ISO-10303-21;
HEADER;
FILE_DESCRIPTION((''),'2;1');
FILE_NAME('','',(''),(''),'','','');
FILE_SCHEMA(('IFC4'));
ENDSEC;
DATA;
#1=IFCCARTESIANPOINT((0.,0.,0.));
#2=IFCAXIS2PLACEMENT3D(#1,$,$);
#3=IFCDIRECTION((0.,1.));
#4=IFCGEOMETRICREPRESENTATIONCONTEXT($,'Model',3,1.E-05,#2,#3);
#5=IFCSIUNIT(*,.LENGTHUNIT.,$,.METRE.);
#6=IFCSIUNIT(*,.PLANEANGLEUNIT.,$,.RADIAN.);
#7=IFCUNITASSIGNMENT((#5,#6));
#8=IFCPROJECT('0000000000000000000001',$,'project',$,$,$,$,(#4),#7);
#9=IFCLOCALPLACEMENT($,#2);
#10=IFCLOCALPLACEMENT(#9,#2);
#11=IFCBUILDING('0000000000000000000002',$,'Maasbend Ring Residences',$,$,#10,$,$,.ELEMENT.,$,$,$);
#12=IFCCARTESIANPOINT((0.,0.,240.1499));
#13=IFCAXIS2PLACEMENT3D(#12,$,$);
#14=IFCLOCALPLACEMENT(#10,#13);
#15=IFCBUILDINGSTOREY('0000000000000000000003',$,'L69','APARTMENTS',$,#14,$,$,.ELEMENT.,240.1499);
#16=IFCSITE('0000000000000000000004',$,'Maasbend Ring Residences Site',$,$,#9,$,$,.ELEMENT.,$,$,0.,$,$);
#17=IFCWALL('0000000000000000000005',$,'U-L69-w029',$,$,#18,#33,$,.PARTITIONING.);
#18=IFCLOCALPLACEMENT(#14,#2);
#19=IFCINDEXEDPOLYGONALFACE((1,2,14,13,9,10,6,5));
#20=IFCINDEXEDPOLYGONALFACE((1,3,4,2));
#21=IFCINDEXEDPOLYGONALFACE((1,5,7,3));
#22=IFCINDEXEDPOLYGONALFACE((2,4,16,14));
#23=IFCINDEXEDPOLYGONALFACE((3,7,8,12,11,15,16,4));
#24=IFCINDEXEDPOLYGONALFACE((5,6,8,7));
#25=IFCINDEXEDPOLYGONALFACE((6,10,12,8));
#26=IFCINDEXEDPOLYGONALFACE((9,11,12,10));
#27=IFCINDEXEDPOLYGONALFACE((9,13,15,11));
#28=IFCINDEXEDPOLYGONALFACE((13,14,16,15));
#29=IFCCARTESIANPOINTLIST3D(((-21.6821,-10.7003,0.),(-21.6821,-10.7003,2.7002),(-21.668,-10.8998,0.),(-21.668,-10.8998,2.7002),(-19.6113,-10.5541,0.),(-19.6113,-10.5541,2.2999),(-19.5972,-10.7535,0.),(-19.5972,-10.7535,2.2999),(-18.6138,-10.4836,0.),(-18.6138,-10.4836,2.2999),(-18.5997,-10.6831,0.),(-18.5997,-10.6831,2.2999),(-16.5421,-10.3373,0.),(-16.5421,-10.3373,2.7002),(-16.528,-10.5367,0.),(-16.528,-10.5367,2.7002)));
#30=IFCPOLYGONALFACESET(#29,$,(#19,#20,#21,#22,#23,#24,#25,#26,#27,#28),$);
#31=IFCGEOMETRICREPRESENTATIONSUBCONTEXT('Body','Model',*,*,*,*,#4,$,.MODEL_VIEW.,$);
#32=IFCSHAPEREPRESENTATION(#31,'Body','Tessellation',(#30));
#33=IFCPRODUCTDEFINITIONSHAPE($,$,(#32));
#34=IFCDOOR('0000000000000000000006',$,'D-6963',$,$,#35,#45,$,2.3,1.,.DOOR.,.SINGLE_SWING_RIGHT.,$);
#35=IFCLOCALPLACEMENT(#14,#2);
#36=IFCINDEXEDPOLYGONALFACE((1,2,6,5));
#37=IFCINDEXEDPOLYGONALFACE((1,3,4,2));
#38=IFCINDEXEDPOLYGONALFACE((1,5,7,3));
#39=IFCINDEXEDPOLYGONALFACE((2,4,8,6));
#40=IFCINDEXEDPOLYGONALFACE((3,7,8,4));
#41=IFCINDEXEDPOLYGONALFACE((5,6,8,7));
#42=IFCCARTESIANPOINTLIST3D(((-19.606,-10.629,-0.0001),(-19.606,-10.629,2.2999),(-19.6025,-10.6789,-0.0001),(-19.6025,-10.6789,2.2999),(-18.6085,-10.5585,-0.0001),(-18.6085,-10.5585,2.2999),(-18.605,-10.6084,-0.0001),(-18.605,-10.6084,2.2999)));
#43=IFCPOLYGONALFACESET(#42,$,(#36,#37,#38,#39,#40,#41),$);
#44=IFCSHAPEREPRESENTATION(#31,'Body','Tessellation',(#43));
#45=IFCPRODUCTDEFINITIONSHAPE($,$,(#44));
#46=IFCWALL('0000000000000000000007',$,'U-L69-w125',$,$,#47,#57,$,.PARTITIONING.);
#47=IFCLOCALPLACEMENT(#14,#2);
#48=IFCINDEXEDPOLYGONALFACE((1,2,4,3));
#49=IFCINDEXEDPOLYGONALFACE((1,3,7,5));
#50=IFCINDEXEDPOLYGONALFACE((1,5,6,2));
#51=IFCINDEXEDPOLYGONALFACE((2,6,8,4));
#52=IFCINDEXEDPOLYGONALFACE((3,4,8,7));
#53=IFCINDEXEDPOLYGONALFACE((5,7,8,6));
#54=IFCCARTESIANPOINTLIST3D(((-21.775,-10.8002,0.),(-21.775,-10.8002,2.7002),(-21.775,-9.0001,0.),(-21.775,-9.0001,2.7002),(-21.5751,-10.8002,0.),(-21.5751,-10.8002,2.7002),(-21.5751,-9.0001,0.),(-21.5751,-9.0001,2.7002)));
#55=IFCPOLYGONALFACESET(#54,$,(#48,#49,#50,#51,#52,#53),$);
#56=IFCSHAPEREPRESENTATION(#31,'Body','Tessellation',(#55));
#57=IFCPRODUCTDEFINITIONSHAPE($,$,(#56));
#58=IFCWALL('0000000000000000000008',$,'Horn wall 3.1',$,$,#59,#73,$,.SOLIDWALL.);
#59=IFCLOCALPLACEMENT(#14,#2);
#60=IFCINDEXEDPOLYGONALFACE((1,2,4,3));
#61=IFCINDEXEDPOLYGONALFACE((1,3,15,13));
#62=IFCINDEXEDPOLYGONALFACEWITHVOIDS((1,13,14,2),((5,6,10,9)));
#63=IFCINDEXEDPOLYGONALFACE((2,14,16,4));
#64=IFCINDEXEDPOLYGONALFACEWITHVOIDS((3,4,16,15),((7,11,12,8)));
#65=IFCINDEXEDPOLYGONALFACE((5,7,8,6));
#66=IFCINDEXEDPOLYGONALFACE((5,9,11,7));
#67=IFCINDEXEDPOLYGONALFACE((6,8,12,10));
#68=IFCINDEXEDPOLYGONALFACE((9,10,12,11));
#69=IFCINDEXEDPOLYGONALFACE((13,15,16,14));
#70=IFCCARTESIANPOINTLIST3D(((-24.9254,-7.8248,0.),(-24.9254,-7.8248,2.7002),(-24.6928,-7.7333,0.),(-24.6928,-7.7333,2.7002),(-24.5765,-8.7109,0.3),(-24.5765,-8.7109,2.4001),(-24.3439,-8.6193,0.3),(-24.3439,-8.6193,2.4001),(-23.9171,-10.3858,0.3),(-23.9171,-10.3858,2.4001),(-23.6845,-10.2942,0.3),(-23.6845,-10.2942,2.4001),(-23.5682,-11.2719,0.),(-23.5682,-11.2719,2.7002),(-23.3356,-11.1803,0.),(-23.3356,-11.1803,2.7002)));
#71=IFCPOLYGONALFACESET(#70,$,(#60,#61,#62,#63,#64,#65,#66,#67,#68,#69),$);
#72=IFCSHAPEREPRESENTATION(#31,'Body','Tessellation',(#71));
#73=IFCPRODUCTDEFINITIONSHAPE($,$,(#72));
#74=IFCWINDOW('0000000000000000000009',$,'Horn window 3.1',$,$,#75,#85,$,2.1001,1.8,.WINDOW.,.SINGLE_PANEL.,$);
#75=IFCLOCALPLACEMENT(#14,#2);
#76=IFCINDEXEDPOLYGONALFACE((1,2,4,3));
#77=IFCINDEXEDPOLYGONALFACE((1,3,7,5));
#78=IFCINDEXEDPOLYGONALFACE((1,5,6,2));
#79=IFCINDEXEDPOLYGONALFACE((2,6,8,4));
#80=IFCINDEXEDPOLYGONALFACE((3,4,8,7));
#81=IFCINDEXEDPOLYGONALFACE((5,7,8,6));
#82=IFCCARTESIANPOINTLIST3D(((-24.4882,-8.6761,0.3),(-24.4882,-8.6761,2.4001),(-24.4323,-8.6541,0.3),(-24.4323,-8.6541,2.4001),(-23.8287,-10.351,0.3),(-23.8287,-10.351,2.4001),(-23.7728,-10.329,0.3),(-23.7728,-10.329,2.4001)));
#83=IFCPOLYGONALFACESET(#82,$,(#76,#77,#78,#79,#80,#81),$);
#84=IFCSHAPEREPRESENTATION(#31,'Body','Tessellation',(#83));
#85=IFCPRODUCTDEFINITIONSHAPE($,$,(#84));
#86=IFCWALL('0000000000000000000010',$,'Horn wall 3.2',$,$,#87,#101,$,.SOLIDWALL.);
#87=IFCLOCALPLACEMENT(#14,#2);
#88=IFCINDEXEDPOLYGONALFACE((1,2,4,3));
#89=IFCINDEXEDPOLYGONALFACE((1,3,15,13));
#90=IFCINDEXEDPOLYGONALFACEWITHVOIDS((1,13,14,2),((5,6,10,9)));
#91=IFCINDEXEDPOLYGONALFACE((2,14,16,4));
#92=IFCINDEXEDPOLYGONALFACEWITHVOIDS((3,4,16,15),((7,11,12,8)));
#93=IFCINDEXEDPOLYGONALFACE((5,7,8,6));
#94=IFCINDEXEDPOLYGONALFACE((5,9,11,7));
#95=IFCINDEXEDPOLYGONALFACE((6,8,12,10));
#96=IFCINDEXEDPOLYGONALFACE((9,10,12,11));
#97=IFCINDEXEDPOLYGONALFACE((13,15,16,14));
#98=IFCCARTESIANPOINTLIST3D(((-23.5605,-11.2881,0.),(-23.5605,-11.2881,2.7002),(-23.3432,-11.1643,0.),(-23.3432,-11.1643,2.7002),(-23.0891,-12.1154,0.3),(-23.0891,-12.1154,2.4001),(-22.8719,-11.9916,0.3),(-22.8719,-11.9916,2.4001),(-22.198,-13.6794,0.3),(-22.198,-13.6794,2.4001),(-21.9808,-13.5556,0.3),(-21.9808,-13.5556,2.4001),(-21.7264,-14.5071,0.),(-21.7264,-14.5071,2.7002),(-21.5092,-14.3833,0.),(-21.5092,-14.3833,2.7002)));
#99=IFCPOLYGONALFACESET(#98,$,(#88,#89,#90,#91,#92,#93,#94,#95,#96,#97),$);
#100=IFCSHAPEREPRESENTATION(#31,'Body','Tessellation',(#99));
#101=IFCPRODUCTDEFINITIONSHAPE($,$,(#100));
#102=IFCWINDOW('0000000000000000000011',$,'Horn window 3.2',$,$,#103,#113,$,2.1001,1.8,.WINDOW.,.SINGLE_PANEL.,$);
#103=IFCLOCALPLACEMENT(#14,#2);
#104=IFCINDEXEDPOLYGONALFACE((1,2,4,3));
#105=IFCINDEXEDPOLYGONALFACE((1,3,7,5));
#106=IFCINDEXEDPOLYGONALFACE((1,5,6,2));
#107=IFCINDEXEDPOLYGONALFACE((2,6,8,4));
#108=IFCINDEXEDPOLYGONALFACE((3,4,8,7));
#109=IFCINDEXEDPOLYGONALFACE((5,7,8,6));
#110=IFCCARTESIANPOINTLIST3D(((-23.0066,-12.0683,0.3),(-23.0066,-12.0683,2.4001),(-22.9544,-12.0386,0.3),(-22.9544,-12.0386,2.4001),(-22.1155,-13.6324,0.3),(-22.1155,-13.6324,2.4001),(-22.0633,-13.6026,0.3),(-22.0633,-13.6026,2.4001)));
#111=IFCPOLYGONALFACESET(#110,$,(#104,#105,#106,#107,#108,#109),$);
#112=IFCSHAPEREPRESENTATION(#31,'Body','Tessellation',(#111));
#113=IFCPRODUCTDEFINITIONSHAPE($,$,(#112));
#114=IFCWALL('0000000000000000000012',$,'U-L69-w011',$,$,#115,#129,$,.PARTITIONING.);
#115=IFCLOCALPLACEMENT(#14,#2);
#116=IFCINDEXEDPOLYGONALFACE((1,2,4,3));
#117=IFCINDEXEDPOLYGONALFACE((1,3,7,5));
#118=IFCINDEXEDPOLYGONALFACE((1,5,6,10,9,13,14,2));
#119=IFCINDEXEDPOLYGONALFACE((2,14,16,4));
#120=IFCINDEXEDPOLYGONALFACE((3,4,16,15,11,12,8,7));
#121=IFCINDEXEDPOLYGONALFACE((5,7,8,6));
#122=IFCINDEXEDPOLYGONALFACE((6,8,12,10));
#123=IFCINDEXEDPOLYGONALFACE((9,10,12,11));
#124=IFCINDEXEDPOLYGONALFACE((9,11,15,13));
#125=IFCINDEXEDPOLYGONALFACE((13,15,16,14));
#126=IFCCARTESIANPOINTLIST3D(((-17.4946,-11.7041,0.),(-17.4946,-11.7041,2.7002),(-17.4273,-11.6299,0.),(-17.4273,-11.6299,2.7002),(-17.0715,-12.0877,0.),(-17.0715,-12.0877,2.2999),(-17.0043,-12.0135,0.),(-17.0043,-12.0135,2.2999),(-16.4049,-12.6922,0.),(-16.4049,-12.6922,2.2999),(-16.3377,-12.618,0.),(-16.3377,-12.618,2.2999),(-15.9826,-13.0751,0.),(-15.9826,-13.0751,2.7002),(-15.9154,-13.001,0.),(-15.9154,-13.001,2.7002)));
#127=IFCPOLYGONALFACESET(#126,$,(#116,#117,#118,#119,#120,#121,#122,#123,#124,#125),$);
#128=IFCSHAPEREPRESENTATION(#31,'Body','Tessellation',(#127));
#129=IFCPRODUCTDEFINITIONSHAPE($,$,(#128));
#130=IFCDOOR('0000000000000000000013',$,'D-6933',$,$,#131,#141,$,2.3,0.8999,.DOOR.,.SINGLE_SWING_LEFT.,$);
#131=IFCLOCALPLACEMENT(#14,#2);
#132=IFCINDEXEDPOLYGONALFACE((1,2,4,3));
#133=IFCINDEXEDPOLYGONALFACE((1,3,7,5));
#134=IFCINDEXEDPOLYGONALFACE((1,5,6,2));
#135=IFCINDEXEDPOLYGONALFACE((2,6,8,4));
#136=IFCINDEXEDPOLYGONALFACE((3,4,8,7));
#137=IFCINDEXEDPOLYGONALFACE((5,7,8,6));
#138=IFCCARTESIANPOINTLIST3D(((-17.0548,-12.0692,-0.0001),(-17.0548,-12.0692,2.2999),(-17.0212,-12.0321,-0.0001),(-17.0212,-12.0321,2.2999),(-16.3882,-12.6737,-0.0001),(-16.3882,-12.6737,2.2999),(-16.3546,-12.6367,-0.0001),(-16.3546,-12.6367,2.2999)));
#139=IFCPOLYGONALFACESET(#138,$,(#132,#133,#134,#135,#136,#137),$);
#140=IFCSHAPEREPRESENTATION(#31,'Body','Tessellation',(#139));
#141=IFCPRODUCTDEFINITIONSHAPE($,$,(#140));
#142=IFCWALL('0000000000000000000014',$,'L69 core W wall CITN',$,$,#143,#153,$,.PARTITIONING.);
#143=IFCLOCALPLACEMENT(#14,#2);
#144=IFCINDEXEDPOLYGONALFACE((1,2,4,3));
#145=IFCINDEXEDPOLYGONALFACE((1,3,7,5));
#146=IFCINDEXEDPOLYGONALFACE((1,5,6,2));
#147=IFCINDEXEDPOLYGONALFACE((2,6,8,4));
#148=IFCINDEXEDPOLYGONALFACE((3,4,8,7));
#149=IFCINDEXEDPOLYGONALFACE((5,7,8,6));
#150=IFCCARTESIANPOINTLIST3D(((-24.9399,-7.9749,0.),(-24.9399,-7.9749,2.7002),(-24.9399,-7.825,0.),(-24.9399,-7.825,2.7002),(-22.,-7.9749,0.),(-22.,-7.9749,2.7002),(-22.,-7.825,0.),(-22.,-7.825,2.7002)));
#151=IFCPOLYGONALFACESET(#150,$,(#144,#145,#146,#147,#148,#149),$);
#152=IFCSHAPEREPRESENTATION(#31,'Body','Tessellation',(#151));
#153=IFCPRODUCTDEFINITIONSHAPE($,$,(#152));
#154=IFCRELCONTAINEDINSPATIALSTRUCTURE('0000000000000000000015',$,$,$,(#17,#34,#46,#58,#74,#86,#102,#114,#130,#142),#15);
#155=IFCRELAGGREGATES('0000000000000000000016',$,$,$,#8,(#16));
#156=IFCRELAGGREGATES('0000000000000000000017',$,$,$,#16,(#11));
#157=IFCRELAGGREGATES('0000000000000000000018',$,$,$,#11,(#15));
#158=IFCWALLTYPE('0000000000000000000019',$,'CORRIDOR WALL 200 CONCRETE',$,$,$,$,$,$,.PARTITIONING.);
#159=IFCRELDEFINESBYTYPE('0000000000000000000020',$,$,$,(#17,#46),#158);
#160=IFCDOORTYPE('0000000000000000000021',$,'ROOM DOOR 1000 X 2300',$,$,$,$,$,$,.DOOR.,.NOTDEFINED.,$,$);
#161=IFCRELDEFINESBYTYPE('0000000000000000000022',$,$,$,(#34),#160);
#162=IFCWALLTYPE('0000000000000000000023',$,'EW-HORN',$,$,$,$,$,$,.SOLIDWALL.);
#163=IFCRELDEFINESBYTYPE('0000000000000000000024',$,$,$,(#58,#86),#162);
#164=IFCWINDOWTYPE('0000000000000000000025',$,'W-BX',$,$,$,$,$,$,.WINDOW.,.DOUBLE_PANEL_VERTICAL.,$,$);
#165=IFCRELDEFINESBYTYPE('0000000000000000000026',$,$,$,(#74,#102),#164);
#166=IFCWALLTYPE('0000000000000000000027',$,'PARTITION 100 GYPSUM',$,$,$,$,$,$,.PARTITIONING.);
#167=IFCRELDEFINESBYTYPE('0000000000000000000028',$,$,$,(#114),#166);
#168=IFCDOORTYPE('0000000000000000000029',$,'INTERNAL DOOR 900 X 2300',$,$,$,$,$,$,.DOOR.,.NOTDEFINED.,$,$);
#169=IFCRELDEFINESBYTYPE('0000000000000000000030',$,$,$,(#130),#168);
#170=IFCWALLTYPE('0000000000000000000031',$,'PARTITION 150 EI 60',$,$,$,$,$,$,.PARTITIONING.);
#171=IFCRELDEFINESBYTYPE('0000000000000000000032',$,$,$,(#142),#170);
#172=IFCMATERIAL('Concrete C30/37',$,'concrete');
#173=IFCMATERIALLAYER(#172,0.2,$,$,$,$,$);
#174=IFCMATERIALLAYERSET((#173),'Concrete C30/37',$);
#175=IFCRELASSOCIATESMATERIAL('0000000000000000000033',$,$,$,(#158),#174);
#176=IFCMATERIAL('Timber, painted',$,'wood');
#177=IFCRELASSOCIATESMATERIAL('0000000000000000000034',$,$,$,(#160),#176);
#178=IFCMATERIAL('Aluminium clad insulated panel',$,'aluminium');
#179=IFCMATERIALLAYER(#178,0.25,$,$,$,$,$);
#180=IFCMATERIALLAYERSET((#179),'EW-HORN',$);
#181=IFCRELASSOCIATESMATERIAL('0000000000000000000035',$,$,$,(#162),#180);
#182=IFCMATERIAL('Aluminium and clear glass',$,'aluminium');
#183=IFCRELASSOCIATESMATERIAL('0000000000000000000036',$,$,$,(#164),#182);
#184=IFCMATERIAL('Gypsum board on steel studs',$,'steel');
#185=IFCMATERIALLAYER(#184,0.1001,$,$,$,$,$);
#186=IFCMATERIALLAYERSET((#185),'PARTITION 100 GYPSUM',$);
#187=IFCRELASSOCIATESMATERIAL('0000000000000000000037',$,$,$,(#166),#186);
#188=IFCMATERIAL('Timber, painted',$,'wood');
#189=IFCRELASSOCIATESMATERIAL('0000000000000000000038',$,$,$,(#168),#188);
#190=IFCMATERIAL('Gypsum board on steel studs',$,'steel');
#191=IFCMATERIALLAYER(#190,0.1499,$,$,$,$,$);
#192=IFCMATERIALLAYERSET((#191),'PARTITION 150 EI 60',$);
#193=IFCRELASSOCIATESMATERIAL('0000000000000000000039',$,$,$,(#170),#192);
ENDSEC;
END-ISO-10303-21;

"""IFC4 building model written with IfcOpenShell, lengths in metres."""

from ifc_helpers import new_model, si_unit, direction, frame, frame_2d, origin, place, context, subcontext, project, spatial, rectangle, extrude, material, layer, layer_set, type_object, element, fill, save


model = new_model("IFC4")

# Units and contexts
model_context = context("Model", 3, precision=1e-05, world=origin(), true_north=direction((0.0, 1.0)))
body_context = subcontext(model_context, "Body", "Model", "MODEL_VIEW")
ifc_project = project(units=[si_unit("LENGTHUNIT", "METRE"), si_unit("PLANEANGLEUNIT", "RADIAN")], contexts=[model_context])

# Site, building, storey
site_placement = place(None, origin())
site = spatial("IfcSite", under=ifc_project, at=site_placement, Name="Maasbend Ring Residences Site", CompositionType="ELEMENT", RefElevation=0.0)
building_placement = place(site_placement, origin())
building = spatial("IfcBuilding", under=site, at=building_placement, Name="Maasbend Ring Residences", CompositionType="ELEMENT")
storey_placement = place(building_placement, frame((0.0, 0.0, 240.1499)))
storey = spatial("IfcBuildingStorey", under=building, at=storey_placement, Name="L69", Description="APARTMENTS", CompositionType="ELEMENT", Elevation=240.1499)

# Shared definitions
ifc_material_1 = material(Name="Concrete C30/37", Category="concrete")
ifc_layer_1 = layer(ifc_material_1, 0.2)
ifc_layer_set_1 = layer_set([ifc_layer_1], Name="Concrete C30/37")
wall_type_1 = type_object("IfcWallType", Name="CORRIDOR WALL 200 CONCRETE", PredefinedType="PARTITIONING", material=ifc_layer_set_1)

# Wall, opening, door
wall_1_placement = place(storey_placement, frame((-21.675, -10.8, 0.0), z_axis=(0.0, 0.0, 1.0), x_axis=(0.997515, 0.070452, 0.0)))
wall_1 = element("IfcWall", 1, at=wall_1_placement, inside=storey, type_object=wall_type_1, Name="U-L69-w029", PredefinedType="PARTITIONING", context=body_context, shape_type="SweptSolid", body=[
    extrude(rectangle(XDim=5.1528, YDim=0.2, at=frame_2d((2.5764, 0.0))), origin(), (0.0, 0.0, 1.0), 2.7002),
])
opening_1_placement = place(wall_1_placement, frame((2.0759, 0.0, 0.0)))
opening_1 = element("IfcOpeningElement", 2, at=opening_1_placement, cuts=wall_1, PredefinedType="OPENING", context=body_context, shape_type="SweptSolid", body=[
    extrude(rectangle(XDim=1.0, YDim=2.3, at=frame_2d((0.5, 1.1499))), frame((0.0, 0.1099, 0.0), z_axis=(0.0, -1.0, 0.0), x_axis=(1.0, 0.0, 0.0)), (0.0, 0.0, 1.0), 0.22),
])
ifc_material_2 = material(Name="Timber, painted", Category="wood")
door_type_1 = type_object("IfcDoorType", Name="ROOM DOOR 1000 X 2300", OperationType="NOTDEFINED", PredefinedType="DOOR", material=ifc_material_2)
door_1_placement = place(opening_1_placement, origin())
door_1 = element("IfcDoor", 3, at=door_1_placement, inside=storey, type_object=door_type_1, Name="D-6963", OperationType="SINGLE_SWING_RIGHT", OverallHeight=2.3, OverallWidth=1.0, PredefinedType="DOOR", context=body_context, shape_type="SweptSolid", body=[
    extrude(rectangle(XDim=1.0, YDim=2.3, at=frame_2d((0.5, 1.1499))), frame((0.0, 0.0249, 0.0), z_axis=(0.0, -1.0, 0.0), x_axis=(1.0, 0.0, 0.0)), (0.0, 0.0, 1.0), 0.05),
])
fill(opening_1, door_1)

# Wall
wall_2_placement = place(storey_placement, frame((-21.675, -10.8, 0.0), z_axis=(0.0, 0.0, 1.0), x_axis=(0.0, 1.0, 0.0)))
element("IfcWall", 4, at=wall_2_placement, inside=storey, type_object=wall_type_1, Name="U-L69-w125", PredefinedType="PARTITIONING", context=body_context, shape_type="SweptSolid", body=[
    extrude(rectangle(XDim=1.8, YDim=0.2, at=frame_2d((0.8999, 0.0))), origin(), (0.0, 0.0, 1.0), 2.7002),
])

# Walls, openings, windows
ifc_material_3 = material(Name="Aluminium clad insulated panel", Category="aluminium")
ifc_layer_2 = layer(ifc_material_3, 0.25)
ifc_layer_set_2 = layer_set([ifc_layer_2], Name="EW-HORN")
wall_type_2 = type_object("IfcWallType", Name="EW-HORN", PredefinedType="SOLIDWALL", material=ifc_layer_set_2)
wall_3_placement = place(storey_placement, frame((-24.8091, -7.7791, 0.0), z_axis=(0.0, 0.0, 1.0), x_axis=(0.366352, -0.930476, 0.0)))
wall_3 = element("IfcWall", 5, at=wall_3_placement, inside=storey, type_object=wall_type_2, Name="Horn wall 3.1", PredefinedType="SOLIDWALL", context=body_context, shape_type="SweptSolid", body=[
    extrude(rectangle(XDim=3.7046, YDim=0.25, at=frame_2d((1.8523, 0.0))), origin(), (0.0, 0.0, 1.0), 2.7002),
])
opening_2_placement = place(wall_3_placement, frame((0.9524, 0.0, 0.3)))
opening_2 = element("IfcOpeningElement", 6, at=opening_2_placement, cuts=wall_3, PredefinedType="OPENING", context=body_context, shape_type="SweptSolid", body=[
    extrude(rectangle(XDim=1.8, YDim=2.1001, at=frame_2d((0.8999, 1.05))), frame((0.0, 0.135, 0.0), z_axis=(0.0, -1.0, 0.0), x_axis=(1.0, 0.0, 0.0)), (0.0, 0.0, 1.0), 0.27),
])
ifc_material_4 = material(Name="Aluminium and clear glass", Category="aluminium")
window_type = type_object("IfcWindowType", Name="W-BX", PartitioningType="DOUBLE_PANEL_VERTICAL", PredefinedType="WINDOW", material=ifc_material_4)
window_1_placement = place(opening_2_placement, origin())
window_1 = element("IfcWindow", 7, at=window_1_placement, inside=storey, type_object=window_type, Name="Horn window 3.1", OverallHeight=2.1001, OverallWidth=1.8, PartitioningType="SINGLE_PANEL", PredefinedType="WINDOW", context=body_context, shape_type="SweptSolid", body=[
    extrude(rectangle(XDim=1.8, YDim=2.1001, at=frame_2d((0.8999, 1.05))), frame((0.0, 0.03, 0.0), z_axis=(0.0, -1.0, 0.0), x_axis=(1.0, 0.0, 0.0)), (0.0, 0.0, 1.0), 0.0601),
])
fill(opening_2, window_1)
wall_4_placement = place(storey_placement, frame((-23.4519, -11.2261, 0.0), z_axis=(0.0, 0.0, 1.0), x_axis=(0.495031, -0.868875, 0.0)))
wall_4 = element("IfcWall", 8, at=wall_4_placement, inside=storey, type_object=wall_type_2, Name="Horn wall 3.2", PredefinedType="SOLIDWALL", context=body_context, shape_type="SweptSolid", body=[
    extrude(rectangle(XDim=3.7048, YDim=0.25, at=frame_2d((1.8525, 0.0))), origin(), (0.0, 0.0, 1.0), 2.7002),
])
opening_3_placement = place(wall_4_placement, frame((0.9524, 0.0, 0.3)))
opening_3 = element("IfcOpeningElement", 9, at=opening_3_placement, cuts=wall_4, PredefinedType="OPENING", context=body_context, shape_type="SweptSolid", body=[
    extrude(rectangle(XDim=1.8, YDim=2.1001, at=frame_2d((0.8999, 1.05))), frame((0.0, 0.135, 0.0), z_axis=(0.0, -1.0, 0.0), x_axis=(1.0, 0.0, 0.0)), (0.0, 0.0, 1.0), 0.27),
])
window_2_placement = place(opening_3_placement, origin())
window_2 = element("IfcWindow", 10, at=window_2_placement, inside=storey, type_object=window_type, Name="Horn window 3.2", OverallHeight=2.1001, OverallWidth=1.8, PartitioningType="SINGLE_PANEL", PredefinedType="WINDOW", context=body_context, shape_type="SweptSolid", body=[
    extrude(rectangle(XDim=1.8, YDim=2.1001, at=frame_2d((0.8999, 1.05))), frame((0.0, 0.03, 0.0), z_axis=(0.0, -1.0, 0.0), x_axis=(1.0, 0.0, 0.0)), (0.0, 0.0, 1.0), 0.0601),
])
fill(opening_3, window_2)

# Wall, opening, door
ifc_material_5 = material(Name="Gypsum board on steel studs", Category="steel")
ifc_layer_3 = layer(ifc_material_5, 0.1001)
ifc_layer_set_3 = layer_set([ifc_layer_3], Name="PARTITION 100 GYPSUM")
wall_type_3 = type_object("IfcWallType", Name="PARTITION 100 GYPSUM", PredefinedType="PARTITIONING", material=ifc_layer_set_3)
wall_5_placement = place(storey_placement, frame((-17.4609, -11.667, 0.0), z_axis=(0.0, 0.0, 1.0), x_axis=(0.740773, -0.671755, 0.0)))
wall_5 = element("IfcWall", 11, at=wall_5_placement, inside=storey, type_object=wall_type_3, Name="U-L69-w011", PredefinedType="PARTITIONING", context=body_context, shape_type="SweptSolid", body=[
    extrude(rectangle(XDim=2.041, YDim=0.1001, at=frame_2d((1.0205, 0.0))), origin(), (0.0, 0.0, 1.0), 2.7002),
])
opening_4_placement = place(wall_5_placement, frame((0.571, 0.0, 0.0)))
opening_4 = element("IfcOpeningElement", 12, at=opening_4_placement, cuts=wall_5, PredefinedType="OPENING", context=body_context, shape_type="SweptSolid", body=[
    extrude(rectangle(XDim=0.8999, YDim=2.3, at=frame_2d((0.45, 1.1499))), frame((0.0, 0.0601, 0.0), z_axis=(0.0, -1.0, 0.0), x_axis=(1.0, 0.0, 0.0)), (0.0, 0.0, 1.0), 0.1201),
])
ifc_material_6 = material(Name="Timber, painted", Category="wood")
door_type_2 = type_object("IfcDoorType", Name="INTERNAL DOOR 900 X 2300", OperationType="NOTDEFINED", PredefinedType="DOOR", material=ifc_material_6)
door_2_placement = place(opening_4_placement, origin())
door_2 = element("IfcDoor", 13, at=door_2_placement, inside=storey, type_object=door_type_2, Name="D-6933", OperationType="SINGLE_SWING_LEFT", OverallHeight=2.3, OverallWidth=0.8999, PredefinedType="DOOR", context=body_context, shape_type="SweptSolid", body=[
    extrude(rectangle(XDim=0.8999, YDim=2.3, at=frame_2d((0.45, 1.1499))), frame((0.0, 0.0249, 0.0), z_axis=(0.0, -1.0, 0.0), x_axis=(1.0, 0.0, 0.0)), (0.0, 0.0, 1.0), 0.05),
])
fill(opening_4, door_2)

# Wall
ifc_material_7 = material(Name="Gypsum board on steel studs", Category="steel")
ifc_layer_4 = layer(ifc_material_7, 0.1499)
ifc_layer_set_4 = layer_set([ifc_layer_4], Name="PARTITION 150 EI 60")
wall_type_4 = type_object("IfcWallType", Name="PARTITION 150 EI 60", PredefinedType="PARTITIONING", material=ifc_layer_set_4)
wall_6_placement = place(storey_placement, frame((-22.0, -7.8999, 0.0), z_axis=(0.0, 0.0, 1.0), x_axis=(-1.0, 0.0, 0.0)))
element("IfcWall", 14, at=wall_6_placement, inside=storey, type_object=wall_type_4, Name="L69 core W wall CITN", PredefinedType="PARTITIONING", context=body_context, shape_type="SweptSolid", body=[
    extrude(rectangle(XDim=2.9399, YDim=0.1499, at=frame_2d((1.47, 0.0))), origin(), (0.0, 0.0, 1.0), 2.7002),
])

save(model, "model.ifc")
